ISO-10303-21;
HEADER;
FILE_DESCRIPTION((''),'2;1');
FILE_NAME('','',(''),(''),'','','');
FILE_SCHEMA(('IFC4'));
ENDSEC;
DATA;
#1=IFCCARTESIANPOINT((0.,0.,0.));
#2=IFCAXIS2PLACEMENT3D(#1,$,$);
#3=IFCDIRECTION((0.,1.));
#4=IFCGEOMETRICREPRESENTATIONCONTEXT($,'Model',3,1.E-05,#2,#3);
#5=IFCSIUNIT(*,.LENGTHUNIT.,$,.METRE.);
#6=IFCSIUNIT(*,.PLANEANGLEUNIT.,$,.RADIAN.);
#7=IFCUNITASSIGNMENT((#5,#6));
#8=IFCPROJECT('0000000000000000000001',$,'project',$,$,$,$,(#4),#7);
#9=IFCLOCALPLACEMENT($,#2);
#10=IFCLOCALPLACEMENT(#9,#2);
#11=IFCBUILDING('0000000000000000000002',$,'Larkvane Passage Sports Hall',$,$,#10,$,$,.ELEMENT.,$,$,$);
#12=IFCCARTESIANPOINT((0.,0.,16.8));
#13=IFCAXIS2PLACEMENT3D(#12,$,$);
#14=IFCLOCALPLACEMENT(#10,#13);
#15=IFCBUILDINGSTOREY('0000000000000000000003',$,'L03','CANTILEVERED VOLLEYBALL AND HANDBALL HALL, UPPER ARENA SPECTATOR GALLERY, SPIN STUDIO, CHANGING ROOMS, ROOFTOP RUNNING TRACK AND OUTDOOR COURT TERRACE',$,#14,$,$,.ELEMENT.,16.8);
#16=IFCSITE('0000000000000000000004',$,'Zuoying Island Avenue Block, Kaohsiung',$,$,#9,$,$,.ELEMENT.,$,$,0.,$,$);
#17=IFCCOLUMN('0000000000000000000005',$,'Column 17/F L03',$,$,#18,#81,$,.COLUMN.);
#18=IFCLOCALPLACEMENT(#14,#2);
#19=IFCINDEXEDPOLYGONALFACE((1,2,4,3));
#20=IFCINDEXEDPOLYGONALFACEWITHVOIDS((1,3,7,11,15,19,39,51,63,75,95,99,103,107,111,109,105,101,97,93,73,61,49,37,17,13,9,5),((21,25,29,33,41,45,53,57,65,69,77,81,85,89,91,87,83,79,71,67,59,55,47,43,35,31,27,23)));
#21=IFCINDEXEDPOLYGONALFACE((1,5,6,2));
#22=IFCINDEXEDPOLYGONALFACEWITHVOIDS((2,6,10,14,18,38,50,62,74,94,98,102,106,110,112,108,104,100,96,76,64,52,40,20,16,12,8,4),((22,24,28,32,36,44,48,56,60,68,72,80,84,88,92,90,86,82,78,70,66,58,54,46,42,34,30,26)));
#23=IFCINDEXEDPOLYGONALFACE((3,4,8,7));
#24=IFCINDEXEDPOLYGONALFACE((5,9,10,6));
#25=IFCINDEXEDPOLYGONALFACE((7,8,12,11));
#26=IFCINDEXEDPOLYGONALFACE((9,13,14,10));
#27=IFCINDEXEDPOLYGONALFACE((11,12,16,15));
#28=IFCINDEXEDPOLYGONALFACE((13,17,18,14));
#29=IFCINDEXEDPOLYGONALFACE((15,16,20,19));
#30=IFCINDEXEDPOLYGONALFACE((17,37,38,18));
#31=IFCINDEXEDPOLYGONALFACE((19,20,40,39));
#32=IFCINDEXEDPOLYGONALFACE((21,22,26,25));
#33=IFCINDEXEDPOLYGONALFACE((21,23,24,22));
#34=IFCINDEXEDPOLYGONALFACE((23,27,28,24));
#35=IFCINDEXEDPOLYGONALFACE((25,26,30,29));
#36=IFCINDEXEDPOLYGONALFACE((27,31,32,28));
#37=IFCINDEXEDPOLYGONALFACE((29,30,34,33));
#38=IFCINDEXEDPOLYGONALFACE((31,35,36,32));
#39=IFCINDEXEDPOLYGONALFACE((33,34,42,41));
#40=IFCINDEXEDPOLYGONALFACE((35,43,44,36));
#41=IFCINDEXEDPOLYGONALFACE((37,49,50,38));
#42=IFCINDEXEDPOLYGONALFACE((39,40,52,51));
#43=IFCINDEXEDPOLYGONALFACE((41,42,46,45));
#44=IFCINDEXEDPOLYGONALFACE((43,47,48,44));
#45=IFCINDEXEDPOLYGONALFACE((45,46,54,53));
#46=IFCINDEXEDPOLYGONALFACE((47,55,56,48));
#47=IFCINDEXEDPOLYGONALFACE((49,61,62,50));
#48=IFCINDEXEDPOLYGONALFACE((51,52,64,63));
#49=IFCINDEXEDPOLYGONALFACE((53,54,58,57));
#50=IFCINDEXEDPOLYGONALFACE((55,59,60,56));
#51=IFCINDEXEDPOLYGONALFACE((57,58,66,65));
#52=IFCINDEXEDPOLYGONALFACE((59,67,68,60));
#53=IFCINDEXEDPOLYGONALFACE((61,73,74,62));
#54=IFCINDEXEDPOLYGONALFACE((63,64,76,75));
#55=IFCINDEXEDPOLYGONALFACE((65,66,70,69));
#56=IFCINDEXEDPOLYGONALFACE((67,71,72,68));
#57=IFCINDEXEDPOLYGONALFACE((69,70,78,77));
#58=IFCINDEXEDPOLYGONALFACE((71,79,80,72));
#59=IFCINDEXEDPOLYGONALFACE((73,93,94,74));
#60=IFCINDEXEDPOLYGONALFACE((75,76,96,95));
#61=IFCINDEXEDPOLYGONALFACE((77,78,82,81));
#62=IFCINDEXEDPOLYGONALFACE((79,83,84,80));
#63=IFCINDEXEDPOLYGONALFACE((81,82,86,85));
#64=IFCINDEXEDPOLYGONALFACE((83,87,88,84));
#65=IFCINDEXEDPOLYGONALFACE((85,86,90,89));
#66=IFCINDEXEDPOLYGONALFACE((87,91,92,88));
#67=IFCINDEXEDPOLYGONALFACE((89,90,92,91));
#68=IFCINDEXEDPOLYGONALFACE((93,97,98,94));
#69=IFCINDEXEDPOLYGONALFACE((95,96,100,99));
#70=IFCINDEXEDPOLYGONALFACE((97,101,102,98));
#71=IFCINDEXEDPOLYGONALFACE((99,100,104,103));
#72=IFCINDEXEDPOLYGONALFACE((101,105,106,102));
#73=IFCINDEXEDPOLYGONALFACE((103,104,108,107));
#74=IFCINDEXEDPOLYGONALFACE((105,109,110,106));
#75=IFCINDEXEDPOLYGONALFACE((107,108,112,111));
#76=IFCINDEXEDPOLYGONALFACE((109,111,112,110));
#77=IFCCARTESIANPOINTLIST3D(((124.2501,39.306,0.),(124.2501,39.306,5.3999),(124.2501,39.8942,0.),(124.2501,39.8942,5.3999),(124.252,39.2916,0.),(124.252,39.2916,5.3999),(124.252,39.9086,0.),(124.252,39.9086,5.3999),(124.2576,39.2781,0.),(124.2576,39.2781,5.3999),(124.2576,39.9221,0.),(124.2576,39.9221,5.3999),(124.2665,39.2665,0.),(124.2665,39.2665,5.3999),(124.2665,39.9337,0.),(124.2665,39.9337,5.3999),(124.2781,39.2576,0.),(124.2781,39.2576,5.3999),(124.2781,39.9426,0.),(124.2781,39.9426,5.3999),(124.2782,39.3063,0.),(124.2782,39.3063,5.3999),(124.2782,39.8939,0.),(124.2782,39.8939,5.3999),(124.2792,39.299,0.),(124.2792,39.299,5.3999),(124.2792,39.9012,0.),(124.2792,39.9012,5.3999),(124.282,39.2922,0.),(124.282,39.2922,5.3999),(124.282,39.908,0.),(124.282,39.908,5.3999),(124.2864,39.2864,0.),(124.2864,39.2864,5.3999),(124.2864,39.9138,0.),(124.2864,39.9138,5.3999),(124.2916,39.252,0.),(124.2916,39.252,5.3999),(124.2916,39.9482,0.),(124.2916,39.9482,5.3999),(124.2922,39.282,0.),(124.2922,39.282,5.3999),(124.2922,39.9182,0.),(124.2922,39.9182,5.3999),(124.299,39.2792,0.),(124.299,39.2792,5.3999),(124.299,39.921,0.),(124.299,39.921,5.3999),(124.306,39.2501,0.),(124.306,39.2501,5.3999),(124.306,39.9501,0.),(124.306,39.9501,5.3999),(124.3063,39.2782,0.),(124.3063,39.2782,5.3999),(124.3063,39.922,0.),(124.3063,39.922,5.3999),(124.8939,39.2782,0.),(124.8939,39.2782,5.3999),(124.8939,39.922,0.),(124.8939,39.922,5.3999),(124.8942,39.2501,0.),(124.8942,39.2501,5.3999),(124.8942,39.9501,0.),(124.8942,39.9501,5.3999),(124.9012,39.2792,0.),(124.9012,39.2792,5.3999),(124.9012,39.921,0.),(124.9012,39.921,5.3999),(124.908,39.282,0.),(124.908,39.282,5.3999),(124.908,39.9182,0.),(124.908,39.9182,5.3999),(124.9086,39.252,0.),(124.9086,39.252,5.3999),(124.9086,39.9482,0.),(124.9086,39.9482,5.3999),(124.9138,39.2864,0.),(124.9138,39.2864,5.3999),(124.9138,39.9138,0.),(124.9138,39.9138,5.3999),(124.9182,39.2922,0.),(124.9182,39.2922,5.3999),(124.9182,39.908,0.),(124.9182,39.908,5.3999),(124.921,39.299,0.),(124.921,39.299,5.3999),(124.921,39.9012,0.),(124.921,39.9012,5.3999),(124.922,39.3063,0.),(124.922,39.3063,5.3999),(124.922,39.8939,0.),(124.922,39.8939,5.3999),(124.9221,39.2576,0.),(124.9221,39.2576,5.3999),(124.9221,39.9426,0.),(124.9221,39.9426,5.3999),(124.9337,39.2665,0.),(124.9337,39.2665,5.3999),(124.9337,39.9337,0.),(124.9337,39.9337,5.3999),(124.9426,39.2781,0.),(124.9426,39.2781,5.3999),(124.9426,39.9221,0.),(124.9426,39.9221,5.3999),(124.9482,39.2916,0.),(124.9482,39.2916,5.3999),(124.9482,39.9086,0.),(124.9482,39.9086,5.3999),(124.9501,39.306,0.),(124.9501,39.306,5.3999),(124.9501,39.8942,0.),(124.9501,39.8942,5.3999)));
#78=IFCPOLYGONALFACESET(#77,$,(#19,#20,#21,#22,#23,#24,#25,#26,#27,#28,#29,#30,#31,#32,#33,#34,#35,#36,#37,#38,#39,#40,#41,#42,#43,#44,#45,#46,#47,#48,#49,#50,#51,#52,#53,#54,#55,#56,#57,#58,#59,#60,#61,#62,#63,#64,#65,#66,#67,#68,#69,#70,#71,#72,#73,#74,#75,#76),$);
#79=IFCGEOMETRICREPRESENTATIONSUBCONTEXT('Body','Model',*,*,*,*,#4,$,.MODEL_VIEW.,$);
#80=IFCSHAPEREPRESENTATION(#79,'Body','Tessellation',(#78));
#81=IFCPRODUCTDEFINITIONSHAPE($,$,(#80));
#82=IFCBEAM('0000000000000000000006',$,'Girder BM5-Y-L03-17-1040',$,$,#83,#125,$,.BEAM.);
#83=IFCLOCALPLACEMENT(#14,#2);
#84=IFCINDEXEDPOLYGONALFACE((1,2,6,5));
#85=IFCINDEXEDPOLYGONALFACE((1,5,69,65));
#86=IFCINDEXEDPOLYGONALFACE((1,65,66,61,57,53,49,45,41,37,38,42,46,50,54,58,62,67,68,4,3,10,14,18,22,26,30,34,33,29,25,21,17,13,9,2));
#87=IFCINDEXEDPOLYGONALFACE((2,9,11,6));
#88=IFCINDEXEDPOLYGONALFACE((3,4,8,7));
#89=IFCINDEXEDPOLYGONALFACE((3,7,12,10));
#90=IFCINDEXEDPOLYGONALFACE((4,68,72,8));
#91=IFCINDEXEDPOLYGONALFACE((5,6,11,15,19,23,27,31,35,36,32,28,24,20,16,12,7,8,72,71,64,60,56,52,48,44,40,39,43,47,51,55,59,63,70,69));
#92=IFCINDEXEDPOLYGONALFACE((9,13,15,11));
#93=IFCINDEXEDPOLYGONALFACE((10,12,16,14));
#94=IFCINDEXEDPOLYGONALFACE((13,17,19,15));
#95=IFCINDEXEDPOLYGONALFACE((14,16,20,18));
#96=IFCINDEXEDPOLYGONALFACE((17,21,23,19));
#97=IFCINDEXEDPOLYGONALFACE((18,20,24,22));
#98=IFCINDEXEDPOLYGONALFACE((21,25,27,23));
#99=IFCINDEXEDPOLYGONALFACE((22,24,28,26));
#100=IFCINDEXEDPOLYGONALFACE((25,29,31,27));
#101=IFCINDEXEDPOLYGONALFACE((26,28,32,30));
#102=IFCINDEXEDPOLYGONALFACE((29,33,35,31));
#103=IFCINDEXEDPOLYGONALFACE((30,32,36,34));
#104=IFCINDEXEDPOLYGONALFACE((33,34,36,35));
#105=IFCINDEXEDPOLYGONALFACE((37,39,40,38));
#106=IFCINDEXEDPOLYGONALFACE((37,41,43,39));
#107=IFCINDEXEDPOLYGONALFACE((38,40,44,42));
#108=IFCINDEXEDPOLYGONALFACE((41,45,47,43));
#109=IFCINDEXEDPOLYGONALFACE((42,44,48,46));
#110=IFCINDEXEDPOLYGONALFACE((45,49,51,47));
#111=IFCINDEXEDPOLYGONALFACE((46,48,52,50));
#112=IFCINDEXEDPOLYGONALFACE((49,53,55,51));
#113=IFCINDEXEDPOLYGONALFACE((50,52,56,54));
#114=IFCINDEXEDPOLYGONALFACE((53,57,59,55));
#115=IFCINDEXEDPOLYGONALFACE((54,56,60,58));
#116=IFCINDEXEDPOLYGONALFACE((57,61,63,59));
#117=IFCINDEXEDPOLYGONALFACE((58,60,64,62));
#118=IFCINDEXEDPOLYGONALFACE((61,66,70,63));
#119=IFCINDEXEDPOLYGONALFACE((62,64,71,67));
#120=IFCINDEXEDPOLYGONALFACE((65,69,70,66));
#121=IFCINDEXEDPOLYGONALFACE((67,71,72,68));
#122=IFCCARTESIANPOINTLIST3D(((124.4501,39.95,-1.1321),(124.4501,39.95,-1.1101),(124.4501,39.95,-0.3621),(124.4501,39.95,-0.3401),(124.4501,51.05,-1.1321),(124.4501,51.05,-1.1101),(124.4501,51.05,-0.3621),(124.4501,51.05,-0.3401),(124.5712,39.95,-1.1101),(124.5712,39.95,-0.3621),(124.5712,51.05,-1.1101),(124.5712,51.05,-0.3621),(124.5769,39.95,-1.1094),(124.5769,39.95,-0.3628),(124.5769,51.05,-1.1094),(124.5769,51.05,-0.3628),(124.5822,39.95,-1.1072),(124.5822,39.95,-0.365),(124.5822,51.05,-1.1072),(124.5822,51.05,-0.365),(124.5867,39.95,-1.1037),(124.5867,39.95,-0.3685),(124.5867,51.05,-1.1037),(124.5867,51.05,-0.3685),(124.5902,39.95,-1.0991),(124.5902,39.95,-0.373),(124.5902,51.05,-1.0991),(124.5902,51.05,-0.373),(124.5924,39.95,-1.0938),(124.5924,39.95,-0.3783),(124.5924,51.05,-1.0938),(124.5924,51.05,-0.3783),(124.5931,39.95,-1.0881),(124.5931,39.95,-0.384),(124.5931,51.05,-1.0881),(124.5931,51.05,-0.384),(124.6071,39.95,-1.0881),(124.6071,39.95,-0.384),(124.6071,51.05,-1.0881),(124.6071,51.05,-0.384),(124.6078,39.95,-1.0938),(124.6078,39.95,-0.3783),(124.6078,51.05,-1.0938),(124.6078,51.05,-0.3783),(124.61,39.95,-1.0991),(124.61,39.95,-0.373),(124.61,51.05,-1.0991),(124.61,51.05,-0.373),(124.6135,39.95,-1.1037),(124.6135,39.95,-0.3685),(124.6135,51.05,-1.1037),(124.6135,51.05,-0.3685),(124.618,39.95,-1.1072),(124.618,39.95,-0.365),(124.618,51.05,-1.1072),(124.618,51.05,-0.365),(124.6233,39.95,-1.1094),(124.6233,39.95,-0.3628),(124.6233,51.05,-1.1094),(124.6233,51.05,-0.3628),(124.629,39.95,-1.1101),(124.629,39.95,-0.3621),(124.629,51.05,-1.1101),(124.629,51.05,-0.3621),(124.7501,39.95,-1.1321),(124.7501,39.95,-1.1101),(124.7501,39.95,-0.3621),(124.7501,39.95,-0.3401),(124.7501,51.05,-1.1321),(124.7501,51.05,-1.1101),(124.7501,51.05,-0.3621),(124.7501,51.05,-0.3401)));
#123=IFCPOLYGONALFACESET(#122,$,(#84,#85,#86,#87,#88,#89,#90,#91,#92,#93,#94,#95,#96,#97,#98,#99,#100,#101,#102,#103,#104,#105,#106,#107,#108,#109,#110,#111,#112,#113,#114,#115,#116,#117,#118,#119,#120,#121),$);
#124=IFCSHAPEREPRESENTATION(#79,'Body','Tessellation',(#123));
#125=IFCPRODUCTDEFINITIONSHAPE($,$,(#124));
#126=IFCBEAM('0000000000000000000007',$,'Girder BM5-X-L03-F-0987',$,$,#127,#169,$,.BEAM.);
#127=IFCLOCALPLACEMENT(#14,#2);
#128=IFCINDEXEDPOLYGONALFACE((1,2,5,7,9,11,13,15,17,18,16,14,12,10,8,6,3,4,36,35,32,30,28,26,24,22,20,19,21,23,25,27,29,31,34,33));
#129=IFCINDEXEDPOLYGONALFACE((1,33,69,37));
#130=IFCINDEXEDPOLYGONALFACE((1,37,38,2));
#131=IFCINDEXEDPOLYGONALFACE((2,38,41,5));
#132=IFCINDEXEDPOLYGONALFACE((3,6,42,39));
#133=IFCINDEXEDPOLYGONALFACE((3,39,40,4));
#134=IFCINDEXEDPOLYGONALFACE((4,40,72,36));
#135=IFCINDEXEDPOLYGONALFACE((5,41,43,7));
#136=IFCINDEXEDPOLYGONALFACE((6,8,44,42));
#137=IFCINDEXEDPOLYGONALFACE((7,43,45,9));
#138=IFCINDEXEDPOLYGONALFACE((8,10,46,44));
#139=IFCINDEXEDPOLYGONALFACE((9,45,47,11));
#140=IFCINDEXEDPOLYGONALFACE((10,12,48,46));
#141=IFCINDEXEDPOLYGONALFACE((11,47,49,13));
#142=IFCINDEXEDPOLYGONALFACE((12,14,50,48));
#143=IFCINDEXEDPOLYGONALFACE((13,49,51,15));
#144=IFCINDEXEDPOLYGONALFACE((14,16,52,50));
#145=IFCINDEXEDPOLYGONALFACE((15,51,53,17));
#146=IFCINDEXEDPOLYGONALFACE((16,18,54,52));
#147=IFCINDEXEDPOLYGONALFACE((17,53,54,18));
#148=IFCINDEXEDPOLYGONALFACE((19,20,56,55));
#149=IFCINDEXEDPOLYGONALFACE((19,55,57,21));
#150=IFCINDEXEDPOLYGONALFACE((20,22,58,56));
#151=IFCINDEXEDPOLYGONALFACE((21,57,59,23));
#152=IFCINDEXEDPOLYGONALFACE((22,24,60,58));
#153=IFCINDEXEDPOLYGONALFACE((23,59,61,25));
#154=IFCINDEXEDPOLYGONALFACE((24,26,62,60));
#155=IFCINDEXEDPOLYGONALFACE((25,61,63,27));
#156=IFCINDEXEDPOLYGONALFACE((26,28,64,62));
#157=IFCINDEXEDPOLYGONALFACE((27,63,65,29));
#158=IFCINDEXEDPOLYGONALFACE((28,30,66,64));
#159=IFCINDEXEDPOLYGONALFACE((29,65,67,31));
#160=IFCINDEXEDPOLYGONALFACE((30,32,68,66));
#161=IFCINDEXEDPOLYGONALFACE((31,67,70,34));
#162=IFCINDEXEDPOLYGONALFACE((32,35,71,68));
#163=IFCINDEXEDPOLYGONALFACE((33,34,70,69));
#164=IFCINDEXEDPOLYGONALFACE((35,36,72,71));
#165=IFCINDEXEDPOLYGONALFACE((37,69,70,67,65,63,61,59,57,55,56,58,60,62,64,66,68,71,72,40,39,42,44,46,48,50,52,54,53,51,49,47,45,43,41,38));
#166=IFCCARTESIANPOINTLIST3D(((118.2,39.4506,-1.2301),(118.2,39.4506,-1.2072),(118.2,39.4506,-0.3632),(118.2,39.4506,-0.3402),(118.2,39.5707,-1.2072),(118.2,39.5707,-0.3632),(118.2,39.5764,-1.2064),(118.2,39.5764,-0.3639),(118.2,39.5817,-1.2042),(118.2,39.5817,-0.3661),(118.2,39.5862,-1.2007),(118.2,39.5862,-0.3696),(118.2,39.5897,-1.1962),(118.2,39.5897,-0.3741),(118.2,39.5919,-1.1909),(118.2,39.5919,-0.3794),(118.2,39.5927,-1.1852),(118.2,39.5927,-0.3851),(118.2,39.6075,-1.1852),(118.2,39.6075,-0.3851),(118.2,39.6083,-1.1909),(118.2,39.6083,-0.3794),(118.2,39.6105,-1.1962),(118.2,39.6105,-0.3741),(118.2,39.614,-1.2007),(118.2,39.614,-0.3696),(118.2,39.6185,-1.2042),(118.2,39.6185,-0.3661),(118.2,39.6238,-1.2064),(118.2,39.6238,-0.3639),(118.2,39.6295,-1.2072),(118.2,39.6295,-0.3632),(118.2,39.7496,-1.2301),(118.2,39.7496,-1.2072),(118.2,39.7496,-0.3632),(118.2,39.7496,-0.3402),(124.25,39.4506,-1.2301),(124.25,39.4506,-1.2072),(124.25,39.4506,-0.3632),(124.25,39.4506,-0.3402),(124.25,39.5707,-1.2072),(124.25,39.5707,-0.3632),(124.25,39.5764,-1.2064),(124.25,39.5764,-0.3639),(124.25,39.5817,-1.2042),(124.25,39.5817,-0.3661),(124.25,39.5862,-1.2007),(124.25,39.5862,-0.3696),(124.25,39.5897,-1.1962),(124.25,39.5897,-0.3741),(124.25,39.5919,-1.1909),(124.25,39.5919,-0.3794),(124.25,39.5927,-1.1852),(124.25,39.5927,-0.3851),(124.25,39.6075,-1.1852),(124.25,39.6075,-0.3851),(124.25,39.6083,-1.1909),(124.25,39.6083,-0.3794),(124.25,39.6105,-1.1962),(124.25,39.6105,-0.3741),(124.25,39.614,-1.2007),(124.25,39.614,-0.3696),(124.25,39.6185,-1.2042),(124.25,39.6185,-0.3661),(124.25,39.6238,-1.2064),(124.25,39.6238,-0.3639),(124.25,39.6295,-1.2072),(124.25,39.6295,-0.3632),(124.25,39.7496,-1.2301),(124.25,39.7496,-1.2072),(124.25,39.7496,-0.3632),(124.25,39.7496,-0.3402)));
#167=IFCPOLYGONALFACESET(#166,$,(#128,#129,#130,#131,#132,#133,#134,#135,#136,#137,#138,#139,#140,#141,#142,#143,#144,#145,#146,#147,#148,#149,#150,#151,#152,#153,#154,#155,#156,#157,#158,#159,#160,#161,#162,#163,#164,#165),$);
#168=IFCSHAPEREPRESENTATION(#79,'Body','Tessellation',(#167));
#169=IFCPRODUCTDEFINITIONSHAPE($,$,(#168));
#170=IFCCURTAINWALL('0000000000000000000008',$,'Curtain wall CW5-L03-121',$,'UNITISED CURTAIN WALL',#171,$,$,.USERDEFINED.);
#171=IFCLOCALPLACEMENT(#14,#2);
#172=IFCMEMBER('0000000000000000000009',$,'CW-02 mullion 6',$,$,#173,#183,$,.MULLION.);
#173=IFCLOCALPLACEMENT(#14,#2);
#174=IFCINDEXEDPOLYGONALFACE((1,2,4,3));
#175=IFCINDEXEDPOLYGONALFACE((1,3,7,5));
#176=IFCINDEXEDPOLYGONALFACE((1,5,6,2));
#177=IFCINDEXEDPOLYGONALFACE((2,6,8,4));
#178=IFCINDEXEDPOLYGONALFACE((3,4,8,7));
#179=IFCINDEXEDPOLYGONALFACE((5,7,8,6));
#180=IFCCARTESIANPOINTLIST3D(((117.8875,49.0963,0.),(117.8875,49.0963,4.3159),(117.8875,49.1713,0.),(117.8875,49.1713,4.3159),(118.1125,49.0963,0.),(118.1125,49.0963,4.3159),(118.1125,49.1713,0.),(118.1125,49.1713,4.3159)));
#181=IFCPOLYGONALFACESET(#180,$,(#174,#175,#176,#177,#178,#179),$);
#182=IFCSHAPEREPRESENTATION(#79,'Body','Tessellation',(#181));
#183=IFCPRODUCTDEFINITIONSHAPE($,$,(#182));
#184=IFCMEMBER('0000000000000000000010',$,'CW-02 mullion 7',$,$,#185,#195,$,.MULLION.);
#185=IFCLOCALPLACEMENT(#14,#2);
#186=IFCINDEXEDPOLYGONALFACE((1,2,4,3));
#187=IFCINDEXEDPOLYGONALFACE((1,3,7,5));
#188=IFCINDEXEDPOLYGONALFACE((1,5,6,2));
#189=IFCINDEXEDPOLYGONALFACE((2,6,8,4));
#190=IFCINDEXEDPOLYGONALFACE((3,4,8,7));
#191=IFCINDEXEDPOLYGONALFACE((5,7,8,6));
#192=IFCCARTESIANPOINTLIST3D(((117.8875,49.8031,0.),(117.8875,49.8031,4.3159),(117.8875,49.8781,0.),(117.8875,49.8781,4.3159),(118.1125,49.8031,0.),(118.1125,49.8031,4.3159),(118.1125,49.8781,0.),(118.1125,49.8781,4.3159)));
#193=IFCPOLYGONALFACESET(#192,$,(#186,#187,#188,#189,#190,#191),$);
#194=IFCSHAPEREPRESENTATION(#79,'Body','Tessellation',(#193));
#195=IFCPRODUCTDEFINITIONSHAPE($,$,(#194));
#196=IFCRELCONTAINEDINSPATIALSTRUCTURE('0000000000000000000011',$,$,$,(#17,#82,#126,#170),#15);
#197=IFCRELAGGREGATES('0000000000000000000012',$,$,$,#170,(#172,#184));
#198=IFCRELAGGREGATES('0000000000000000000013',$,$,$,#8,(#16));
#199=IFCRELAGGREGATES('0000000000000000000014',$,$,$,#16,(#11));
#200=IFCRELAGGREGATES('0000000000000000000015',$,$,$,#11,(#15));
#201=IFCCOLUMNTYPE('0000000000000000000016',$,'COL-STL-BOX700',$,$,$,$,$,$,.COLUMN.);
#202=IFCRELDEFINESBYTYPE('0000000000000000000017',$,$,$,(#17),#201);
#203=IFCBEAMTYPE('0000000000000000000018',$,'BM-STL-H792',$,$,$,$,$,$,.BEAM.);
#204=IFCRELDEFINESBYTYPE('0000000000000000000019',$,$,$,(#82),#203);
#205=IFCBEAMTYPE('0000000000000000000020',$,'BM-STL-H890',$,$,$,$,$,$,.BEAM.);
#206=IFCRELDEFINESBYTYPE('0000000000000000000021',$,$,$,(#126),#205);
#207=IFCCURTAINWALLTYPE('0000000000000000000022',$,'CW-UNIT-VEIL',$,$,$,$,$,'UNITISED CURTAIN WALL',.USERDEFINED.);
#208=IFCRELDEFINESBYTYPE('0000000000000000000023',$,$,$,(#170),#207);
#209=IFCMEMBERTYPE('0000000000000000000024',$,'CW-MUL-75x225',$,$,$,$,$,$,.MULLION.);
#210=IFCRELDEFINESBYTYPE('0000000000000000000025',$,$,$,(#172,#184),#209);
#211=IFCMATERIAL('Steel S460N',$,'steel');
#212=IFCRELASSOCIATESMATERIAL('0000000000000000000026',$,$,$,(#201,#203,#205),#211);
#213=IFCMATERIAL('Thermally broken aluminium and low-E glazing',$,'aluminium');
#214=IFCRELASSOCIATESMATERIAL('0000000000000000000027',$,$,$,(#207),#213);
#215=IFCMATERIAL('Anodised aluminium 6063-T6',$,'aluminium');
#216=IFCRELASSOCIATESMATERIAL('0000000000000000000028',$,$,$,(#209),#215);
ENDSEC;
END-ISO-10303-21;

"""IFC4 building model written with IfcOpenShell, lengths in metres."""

from ifc_helpers import new_model, si_unit, direction, frame, origin, origin_2d, place, context, subcontext, project, spatial, rectangle, hollow_rectangle, i_section, extrude, material, material_profile, profile_set, type_object, element, aggregate, save


model = new_model("IFC4")

# Units and contexts
model_context = context("Model", 3, precision=1e-05, world=origin(), true_north=direction((0.0, 1.0)))
body_context = subcontext(model_context, "Body", "Model", "MODEL_VIEW")
ifc_project = project(units=[si_unit("LENGTHUNIT", "METRE"), si_unit("PLANEANGLEUNIT", "RADIAN")], contexts=[model_context])

# Site, building, storey
site_placement = place(None, origin())
site = spatial("IfcSite", under=ifc_project, at=site_placement, Name="Zuoying Island Avenue Block, Kaohsiung", CompositionType="ELEMENT", RefElevation=0.0)
building_placement = place(site_placement, origin())
building = spatial("IfcBuilding", under=site, at=building_placement, Name="Larkvane Passage Sports Hall", CompositionType="ELEMENT")
storey_placement = place(building_placement, frame((0.0, 0.0, 16.8)))
storey = spatial("IfcBuildingStorey", under=building, at=storey_placement, Name="L03", Description="CANTILEVERED VOLLEYBALL AND HANDBALL HALL, UPPER ARENA SPECTATOR GALLERY, SPIN STUDIO, CHANGING ROOMS, ROOFTOP RUNNING TRACK AND OUTDOOR COURT TERRACE", CompositionType="ELEMENT", Elevation=16.8)

# Column
ifc_material_1 = material(Name="Steel S460N", Category="steel")
ifc_material_profile_1 = material_profile(ifc_material_1, hollow_rectangle(XDim=0.7, YDim=0.7, WallThickness=0.0281, InnerFilletRadius=0.0281, OuterFilletRadius=0.0559, at=origin_2d()), Name="BOX-700x700x28")
ifc_profile_set_1 = profile_set([ifc_material_profile_1], Name="Steel S460N")
column_type = type_object("IfcColumnType", Name="COL-STL-BOX700", PredefinedType="COLUMN", material=ifc_profile_set_1)
column_placement = place(storey_placement, frame((124.6001, 39.6001, 0.0), z_axis=(0.0, 0.0, 1.0), x_axis=(1.0, 0.0, 0.0)))
element("IfcColumn", 1, at=column_placement, inside=storey, type_object=column_type, Name="Column 17/F L03", PredefinedType="COLUMN", context=body_context, shape_type="SweptSolid", body=[
    extrude(hollow_rectangle(XDim=0.7, YDim=0.7, WallThickness=0.0281, InnerFilletRadius=0.0281, OuterFilletRadius=0.0559, at=origin_2d()), origin(), (0.0, 0.0, 1.0), 5.3999),
])

# Beams
ifc_material_profile_2 = material_profile(ifc_material_1, i_section(OverallWidth=0.3, OverallDepth=0.792, WebThickness=0.0139, FlangeThickness=0.022, FilletRadius=0.022, at=origin_2d()), Name="H-792x300x14x22")
ifc_profile_set_2 = profile_set([ifc_material_profile_2], Name="Steel S460N")
beam_type_1 = type_object("IfcBeamType", Name="BM-STL-H792", PredefinedType="BEAM", material=ifc_profile_set_2)
beam_1_placement = place(storey_placement, frame((124.6001, 39.95, -0.7361), z_axis=(0.0, 1.0, 0.0), x_axis=(-1.0, 0.0, 0.0)))
element("IfcBeam", 2, at=beam_1_placement, inside=storey, type_object=beam_type_1, Name="Girder BM5-Y-L03-17-1040", PredefinedType="BEAM", context=body_context, shape_type="SweptSolid", body=[
    extrude(i_section(OverallWidth=0.3, OverallDepth=0.792, WebThickness=0.0139, FlangeThickness=0.022, FilletRadius=0.022, at=origin_2d()), origin(), (0.0, 0.0, 1.0), 11.1001),
])
ifc_material_profile_3 = material_profile(ifc_material_1, i_section(OverallWidth=0.2991, OverallDepth=0.8899, WebThickness=0.0149, FlangeThickness=0.0229, FilletRadius=0.022, at=origin_2d()), Name="H-890x299x15x23")
ifc_profile_set_3 = profile_set([ifc_material_profile_3], Name="Steel S460N")
beam_type_2 = type_object("IfcBeamType", Name="BM-STL-H890", PredefinedType="BEAM", material=ifc_profile_set_3)
beam_2_placement = place(storey_placement, frame((118.2, 39.6001, -0.7852), z_axis=(1.0, 0.0, 0.0), x_axis=(0.0, 1.0, 0.0)))
element("IfcBeam", 3, at=beam_2_placement, inside=storey, type_object=beam_type_2, Name="Girder BM5-X-L03-F-0987", PredefinedType="BEAM", context=body_context, shape_type="SweptSolid", body=[
    extrude(i_section(OverallWidth=0.2991, OverallDepth=0.8899, WebThickness=0.0149, FlangeThickness=0.0229, FilletRadius=0.022, at=origin_2d()), origin(), (0.0, 0.0, 1.0), 6.05),
])

# Curtain wall, members
ifc_material_2 = material(Name="Thermally broken aluminium and low-E glazing", Category="aluminium")
curtain_wall_type = type_object("IfcCurtainWallType", Name="CW-UNIT-VEIL", ElementType="UNITISED CURTAIN WALL", PredefinedType="USERDEFINED", material=ifc_material_2)
curtain_wall_placement = place(storey_placement, origin())
curtain_wall = element("IfcCurtainWall", 4, at=curtain_wall_placement, inside=storey, type_object=curtain_wall_type, Name="Curtain wall CW5-L03-121", ObjectType="UNITISED CURTAIN WALL", PredefinedType="USERDEFINED")
ifc_material_3 = material(Name="Anodised aluminium 6063-T6", Category="aluminium")
ifc_material_profile_4 = material_profile(ifc_material_3, rectangle(XDim=0.075, YDim=0.2251, at=origin_2d()), Name="ALU-MUL-75x225")
ifc_profile_set_4 = profile_set([ifc_material_profile_4], Name="Anodised aluminium 6063-T6")
member_type_1 = type_object("IfcMemberType", Name="CW-MUL-75x225", PredefinedType="MULLION", material=ifc_profile_set_4)
member_1_placement = place(storey_placement, frame((118.0, 49.1338, 0.0), z_axis=(0.0, 0.0, 1.0), x_axis=(0.0, 1.0, 0.0)))
member_1 = element("IfcMember", 5, at=member_1_placement, type_object=member_type_1, Name="CW-02 mullion 6", PredefinedType="MULLION", context=body_context, shape_type="SweptSolid", body=[
    extrude(rectangle(XDim=0.075, YDim=0.2251, at=origin_2d()), origin(), (0.0, 0.0, 1.0), 4.3159),
])
member_2_placement = place(storey_placement, frame((118.0, 49.8406, 0.0), z_axis=(0.0, 0.0, 1.0), x_axis=(0.0, 1.0, 0.0)))
member_2 = element("IfcMember", 6, at=member_2_placement, type_object=member_type_1, Name="CW-02 mullion 7", PredefinedType="MULLION", context=body_context, shape_type="SweptSolid", body=[
    extrude(rectangle(XDim=0.075, YDim=0.2251, at=origin_2d()), origin(), (0.0, 0.0, 1.0), 4.3159),
])

aggregate(curtain_wall, [member_1, member_2])

save(model, "model.ifc")
